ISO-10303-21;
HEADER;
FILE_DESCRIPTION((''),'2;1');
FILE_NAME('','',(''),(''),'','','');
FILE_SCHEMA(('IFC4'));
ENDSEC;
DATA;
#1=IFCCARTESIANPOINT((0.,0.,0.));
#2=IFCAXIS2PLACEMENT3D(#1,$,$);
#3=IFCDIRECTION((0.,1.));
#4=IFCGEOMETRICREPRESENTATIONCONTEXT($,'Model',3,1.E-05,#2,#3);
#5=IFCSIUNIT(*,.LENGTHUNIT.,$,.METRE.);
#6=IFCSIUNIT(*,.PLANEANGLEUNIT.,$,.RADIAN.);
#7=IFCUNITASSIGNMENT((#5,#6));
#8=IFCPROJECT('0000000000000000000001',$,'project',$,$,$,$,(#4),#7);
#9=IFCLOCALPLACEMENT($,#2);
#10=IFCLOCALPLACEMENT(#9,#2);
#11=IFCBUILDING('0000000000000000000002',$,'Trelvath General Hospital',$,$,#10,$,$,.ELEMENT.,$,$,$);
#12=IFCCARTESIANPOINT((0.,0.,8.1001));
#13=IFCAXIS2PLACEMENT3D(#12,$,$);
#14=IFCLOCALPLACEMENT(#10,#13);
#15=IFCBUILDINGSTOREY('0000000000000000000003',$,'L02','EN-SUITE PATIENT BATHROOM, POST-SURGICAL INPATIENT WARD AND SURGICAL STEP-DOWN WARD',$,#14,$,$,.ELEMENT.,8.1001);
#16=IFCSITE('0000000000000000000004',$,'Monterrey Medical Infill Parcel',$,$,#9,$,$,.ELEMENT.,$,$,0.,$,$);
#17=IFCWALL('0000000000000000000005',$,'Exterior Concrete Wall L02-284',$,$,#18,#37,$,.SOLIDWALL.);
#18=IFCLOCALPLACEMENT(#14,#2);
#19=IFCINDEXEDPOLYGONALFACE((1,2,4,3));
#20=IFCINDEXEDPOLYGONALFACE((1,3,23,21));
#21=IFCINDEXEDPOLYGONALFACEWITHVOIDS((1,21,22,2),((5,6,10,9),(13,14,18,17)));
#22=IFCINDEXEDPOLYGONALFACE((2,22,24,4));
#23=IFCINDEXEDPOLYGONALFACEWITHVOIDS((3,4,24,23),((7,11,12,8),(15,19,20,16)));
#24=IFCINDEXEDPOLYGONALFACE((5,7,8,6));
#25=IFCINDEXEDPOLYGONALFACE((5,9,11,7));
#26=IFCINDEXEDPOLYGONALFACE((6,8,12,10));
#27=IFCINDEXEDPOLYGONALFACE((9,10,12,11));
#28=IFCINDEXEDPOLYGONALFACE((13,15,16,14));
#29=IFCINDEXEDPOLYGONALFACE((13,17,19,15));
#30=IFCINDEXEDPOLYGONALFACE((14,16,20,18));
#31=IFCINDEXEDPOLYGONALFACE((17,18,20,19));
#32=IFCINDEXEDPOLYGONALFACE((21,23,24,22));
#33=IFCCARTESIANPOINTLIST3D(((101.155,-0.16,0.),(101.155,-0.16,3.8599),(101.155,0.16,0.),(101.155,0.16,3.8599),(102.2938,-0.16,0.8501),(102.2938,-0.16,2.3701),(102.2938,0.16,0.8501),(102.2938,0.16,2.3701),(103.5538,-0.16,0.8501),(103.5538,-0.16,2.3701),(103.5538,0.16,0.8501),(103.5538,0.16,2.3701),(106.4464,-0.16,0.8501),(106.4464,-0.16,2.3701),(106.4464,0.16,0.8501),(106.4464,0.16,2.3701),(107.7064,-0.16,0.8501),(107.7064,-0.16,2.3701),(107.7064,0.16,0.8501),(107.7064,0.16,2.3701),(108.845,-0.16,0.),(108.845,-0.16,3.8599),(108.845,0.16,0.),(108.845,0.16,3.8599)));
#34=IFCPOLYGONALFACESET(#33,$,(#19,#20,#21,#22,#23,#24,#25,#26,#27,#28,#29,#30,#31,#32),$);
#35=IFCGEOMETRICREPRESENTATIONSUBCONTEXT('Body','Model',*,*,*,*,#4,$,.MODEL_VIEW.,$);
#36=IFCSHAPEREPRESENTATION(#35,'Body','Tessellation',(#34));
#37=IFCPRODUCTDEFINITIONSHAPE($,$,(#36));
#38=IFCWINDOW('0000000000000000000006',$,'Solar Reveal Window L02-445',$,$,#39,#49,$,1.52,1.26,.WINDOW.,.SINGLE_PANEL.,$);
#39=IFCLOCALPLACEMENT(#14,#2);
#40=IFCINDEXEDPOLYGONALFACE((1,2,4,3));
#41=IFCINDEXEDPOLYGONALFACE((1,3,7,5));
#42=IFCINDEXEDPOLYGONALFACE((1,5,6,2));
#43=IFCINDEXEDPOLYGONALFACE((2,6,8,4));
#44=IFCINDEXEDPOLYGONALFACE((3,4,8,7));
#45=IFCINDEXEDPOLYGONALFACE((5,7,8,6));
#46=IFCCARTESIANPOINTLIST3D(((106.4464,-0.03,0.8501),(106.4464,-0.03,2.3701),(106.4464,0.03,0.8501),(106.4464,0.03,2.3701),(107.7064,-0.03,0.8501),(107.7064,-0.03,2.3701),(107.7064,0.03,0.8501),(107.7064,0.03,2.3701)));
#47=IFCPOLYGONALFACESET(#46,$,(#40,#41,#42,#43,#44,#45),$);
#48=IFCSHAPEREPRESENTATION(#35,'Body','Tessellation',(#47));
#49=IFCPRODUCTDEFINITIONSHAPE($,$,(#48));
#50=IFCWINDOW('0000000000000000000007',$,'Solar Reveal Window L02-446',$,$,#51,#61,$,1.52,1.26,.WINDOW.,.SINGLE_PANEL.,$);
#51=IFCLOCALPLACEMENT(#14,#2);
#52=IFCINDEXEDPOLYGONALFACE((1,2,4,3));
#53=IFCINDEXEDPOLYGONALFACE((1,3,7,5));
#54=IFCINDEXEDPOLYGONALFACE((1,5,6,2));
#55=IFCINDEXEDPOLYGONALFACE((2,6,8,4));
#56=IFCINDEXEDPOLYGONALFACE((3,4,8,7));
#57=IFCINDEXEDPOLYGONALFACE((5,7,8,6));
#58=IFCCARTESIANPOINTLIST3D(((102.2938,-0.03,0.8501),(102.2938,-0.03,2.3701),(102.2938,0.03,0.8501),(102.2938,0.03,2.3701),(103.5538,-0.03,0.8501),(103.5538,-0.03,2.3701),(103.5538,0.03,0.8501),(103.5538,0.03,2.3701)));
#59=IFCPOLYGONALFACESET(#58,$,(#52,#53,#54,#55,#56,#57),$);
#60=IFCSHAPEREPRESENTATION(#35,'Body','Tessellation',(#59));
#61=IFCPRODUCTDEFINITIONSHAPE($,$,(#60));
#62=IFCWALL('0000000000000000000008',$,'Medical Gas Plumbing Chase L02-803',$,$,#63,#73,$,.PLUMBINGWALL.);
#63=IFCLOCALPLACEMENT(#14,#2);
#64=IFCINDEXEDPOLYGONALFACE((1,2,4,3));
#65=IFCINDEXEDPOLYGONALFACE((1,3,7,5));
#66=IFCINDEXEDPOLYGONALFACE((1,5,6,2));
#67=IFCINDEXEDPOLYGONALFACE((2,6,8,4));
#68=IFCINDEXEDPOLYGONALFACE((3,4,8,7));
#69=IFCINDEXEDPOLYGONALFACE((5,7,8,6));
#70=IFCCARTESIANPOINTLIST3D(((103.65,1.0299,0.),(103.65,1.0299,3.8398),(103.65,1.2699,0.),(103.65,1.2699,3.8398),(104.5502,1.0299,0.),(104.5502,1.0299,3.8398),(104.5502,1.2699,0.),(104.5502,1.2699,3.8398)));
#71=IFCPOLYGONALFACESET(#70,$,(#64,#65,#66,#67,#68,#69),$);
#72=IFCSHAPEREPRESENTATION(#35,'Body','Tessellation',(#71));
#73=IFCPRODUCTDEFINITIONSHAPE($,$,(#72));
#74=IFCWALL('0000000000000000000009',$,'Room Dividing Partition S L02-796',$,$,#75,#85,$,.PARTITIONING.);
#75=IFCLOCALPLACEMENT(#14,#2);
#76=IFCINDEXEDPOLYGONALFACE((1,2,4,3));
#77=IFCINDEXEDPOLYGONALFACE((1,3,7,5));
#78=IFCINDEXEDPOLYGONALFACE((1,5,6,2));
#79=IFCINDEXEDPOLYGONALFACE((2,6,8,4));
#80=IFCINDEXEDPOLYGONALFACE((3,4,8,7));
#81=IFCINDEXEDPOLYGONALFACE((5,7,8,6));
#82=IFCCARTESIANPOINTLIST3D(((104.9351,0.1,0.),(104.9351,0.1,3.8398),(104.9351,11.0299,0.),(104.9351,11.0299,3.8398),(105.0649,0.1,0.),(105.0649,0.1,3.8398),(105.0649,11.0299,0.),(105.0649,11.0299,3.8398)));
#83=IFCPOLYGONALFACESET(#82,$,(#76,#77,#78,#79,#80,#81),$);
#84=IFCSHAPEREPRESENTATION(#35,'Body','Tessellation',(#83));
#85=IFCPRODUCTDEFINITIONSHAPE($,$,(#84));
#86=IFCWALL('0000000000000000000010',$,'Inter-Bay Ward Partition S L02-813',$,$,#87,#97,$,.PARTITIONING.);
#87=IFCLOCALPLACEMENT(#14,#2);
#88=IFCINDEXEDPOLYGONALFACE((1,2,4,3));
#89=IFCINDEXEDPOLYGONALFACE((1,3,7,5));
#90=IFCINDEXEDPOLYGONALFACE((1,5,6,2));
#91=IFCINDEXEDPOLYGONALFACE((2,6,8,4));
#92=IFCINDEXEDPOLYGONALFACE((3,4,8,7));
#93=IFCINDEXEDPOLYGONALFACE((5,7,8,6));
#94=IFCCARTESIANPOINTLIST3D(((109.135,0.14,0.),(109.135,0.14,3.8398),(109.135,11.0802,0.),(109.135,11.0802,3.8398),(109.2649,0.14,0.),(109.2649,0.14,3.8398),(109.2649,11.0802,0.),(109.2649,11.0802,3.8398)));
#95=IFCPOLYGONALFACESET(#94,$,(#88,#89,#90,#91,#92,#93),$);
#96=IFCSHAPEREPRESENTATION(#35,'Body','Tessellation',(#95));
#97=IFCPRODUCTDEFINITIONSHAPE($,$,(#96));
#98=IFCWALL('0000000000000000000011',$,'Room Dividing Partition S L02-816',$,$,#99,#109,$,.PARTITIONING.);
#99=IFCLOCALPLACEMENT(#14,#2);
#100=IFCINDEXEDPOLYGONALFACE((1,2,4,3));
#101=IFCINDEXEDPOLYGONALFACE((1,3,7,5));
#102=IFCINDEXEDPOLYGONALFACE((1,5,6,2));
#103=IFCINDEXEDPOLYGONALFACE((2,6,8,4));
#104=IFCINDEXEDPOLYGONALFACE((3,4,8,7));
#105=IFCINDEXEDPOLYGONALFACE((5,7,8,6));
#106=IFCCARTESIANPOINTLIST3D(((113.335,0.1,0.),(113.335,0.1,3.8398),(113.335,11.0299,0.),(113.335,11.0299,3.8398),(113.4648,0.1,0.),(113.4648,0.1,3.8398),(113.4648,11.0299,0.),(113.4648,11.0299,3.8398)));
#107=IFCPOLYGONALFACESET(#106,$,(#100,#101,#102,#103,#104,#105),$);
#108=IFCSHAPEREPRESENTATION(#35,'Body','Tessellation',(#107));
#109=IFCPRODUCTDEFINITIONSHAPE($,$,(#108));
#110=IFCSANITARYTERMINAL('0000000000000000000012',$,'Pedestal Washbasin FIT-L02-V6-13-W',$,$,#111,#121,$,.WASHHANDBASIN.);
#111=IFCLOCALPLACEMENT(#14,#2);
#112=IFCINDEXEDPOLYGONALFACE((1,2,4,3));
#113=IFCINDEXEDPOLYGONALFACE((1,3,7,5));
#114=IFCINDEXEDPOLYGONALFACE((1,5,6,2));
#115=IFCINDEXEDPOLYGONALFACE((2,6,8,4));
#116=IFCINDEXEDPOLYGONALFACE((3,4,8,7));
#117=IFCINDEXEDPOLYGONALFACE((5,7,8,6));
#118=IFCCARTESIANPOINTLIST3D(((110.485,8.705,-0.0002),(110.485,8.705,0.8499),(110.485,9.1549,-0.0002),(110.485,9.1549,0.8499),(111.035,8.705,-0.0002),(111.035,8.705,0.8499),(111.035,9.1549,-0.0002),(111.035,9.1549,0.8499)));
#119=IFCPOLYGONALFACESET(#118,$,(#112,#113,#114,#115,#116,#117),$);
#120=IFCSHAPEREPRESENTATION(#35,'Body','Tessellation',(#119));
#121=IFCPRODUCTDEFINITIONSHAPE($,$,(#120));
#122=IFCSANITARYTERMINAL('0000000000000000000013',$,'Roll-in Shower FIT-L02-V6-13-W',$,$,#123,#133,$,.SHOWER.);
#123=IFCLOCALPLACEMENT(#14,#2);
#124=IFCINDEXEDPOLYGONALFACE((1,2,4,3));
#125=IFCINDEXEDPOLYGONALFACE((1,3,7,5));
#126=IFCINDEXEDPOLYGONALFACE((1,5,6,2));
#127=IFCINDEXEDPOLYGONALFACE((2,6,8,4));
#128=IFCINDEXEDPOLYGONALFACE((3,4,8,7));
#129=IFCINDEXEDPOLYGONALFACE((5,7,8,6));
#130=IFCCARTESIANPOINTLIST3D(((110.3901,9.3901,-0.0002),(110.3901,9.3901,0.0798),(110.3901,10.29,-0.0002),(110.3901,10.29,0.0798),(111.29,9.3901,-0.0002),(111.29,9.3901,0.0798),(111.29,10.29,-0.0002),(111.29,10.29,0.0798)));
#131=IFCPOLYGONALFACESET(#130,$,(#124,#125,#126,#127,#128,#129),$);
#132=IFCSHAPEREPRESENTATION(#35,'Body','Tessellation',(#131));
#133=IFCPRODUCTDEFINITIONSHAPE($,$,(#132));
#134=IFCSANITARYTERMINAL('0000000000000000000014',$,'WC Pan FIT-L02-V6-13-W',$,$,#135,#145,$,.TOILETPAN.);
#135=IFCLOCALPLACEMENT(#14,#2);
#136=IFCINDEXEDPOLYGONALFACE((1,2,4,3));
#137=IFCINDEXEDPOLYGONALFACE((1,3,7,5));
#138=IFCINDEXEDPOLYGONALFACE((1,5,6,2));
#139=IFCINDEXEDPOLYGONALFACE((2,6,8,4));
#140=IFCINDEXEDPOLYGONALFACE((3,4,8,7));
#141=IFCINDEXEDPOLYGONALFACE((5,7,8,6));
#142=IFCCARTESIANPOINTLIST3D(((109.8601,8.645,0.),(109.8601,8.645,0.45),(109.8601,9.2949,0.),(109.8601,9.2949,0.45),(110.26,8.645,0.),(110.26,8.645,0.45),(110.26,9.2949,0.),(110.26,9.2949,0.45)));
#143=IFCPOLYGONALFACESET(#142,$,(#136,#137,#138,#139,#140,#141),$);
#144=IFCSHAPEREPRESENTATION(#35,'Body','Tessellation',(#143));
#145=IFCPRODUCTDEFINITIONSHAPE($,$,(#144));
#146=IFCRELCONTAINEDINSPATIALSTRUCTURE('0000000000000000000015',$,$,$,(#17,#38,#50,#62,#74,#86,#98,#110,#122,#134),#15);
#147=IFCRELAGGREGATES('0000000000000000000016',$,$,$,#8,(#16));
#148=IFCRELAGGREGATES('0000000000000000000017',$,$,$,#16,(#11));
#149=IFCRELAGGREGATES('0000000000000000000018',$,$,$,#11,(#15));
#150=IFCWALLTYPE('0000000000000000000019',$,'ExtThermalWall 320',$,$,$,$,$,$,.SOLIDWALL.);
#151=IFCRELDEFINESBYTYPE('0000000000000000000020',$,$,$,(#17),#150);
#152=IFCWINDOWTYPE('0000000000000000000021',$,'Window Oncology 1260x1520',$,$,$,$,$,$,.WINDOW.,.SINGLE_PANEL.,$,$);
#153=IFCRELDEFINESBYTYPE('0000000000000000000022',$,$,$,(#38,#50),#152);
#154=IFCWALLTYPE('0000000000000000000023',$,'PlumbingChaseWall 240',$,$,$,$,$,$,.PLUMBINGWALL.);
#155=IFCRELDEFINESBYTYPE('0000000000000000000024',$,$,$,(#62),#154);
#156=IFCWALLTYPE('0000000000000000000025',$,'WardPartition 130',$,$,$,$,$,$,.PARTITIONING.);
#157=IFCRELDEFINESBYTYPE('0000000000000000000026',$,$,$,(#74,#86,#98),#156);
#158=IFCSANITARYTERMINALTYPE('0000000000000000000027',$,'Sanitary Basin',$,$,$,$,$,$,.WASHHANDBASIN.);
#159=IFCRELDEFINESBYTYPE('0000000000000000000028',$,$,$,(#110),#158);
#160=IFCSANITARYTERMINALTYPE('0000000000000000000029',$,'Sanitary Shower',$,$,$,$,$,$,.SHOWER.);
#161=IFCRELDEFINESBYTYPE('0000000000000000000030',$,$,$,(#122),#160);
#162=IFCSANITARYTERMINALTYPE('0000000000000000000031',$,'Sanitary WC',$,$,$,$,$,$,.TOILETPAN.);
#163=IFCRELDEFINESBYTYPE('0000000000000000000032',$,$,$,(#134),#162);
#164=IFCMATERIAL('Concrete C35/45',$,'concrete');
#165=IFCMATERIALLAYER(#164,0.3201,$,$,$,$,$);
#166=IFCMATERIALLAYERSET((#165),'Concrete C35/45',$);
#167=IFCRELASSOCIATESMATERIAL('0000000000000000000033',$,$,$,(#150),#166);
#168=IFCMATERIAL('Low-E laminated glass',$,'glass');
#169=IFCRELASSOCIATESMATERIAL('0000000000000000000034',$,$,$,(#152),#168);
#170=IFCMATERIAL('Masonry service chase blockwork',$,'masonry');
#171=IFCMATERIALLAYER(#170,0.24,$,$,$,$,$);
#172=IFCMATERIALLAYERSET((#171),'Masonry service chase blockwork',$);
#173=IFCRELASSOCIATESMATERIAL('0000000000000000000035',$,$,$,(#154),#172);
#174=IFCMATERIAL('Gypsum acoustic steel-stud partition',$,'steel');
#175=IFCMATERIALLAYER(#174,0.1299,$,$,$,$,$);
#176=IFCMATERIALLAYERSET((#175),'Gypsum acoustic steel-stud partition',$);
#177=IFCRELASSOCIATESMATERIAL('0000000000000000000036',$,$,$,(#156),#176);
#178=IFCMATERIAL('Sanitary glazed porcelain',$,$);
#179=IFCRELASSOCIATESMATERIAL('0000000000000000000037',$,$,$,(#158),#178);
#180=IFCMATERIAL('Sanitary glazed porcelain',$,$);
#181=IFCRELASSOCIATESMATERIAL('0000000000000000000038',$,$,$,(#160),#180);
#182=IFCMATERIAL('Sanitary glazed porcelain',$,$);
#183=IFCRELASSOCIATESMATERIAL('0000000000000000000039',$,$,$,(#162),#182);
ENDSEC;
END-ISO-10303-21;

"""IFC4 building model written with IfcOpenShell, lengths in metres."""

from ifc_helpers import new_model, si_unit, direction, frame, frame_2d, origin, origin_2d, place, context, subcontext, project, spatial, rectangle, extrude, material, layer, layer_set, type_object, element, fill, save


model = new_model("IFC4")

# Units and contexts
model_context = context("Model", 3, precision=1e-05, world=origin(), true_north=direction((0.0, 1.0)))
body_context = subcontext(model_context, "Body", "Model", "MODEL_VIEW")
ifc_project = project(units=[si_unit("LENGTHUNIT", "METRE"), si_unit("PLANEANGLEUNIT", "RADIAN")], contexts=[model_context])

# Site, building, storey
site_placement = place(None, origin())
site = spatial("IfcSite", under=ifc_project, at=site_placement, Name="Monterrey Medical Infill Parcel", CompositionType="ELEMENT", RefElevation=0.0)
building_placement = place(site_placement, origin())
building = spatial("IfcBuilding", under=site, at=building_placement, Name="Trelvath General Hospital", CompositionType="ELEMENT")
storey_placement = place(building_placement, frame((0.0, 0.0, 8.1001)))
storey = spatial("IfcBuildingStorey", under=building, at=storey_placement, Name="L02", Description="EN-SUITE PATIENT BATHROOM, POST-SURGICAL INPATIENT WARD AND SURGICAL STEP-DOWN WARD", CompositionType="ELEMENT", Elevation=8.1001)

# Wall, openings, windows
ifc_material_1 = material(Name="Concrete C35/45", Category="concrete")
ifc_layer_1 = layer(ifc_material_1, 0.3201)
ifc_layer_set_1 = layer_set([ifc_layer_1], Name="Concrete C35/45")
wall_type_1 = type_object("IfcWallType", Name="ExtThermalWall 320", PredefinedType="SOLIDWALL", material=ifc_layer_set_1)
wall_1_placement = place(storey_placement, frame((108.845, 0.0, 0.0), z_axis=(0.0, 0.0, 1.0), x_axis=(-1.0, 0.0, 0.0)))
wall_1 = element("IfcWall", 1, at=wall_1_placement, inside=storey, type_object=wall_type_1, Name="Exterior Concrete Wall L02-284", PredefinedType="SOLIDWALL", context=body_context, shape_type="SweptSolid", body=[
    extrude(rectangle(XDim=7.6899, YDim=0.3201, at=frame_2d((3.845, 0.0))), origin(), (0.0, 0.0, 1.0), 3.8599),
])
opening_1_placement = place(wall_1_placement, frame((1.1387, 0.0, 0.8501)))
opening_1 = element("IfcOpeningElement", 2, at=opening_1_placement, cuts=wall_1, PredefinedType="OPENING", context=body_context, shape_type="SweptSolid", body=[
    extrude(rectangle(XDim=1.26, YDim=1.52, at=frame_2d((0.6299, 0.76))), frame((0.0, 0.1699, 0.0), z_axis=(0.0, -1.0, 0.0), x_axis=(1.0, 0.0, 0.0)), (0.0, 0.0, 1.0), 0.3401),
])
opening_2_placement = place(wall_1_placement, frame((5.2913, 0.0, 0.8501)))
opening_2 = element("IfcOpeningElement", 3, at=opening_2_placement, cuts=wall_1, PredefinedType="OPENING", context=body_context, shape_type="SweptSolid", body=[
    extrude(rectangle(XDim=1.26, YDim=1.52, at=frame_2d((0.6299, 0.76))), frame((0.0, 0.1699, 0.0), z_axis=(0.0, -1.0, 0.0), x_axis=(1.0, 0.0, 0.0)), (0.0, 0.0, 1.0), 0.3401),
])
ifc_material_2 = material(Name="Low-E laminated glass", Category="glass")
window_type = type_object("IfcWindowType", Name="Window Oncology 1260x1520", PartitioningType="SINGLE_PANEL", PredefinedType="WINDOW", material=ifc_material_2)
window_1_placement = place(opening_1_placement, origin())
window_1 = element("IfcWindow", 4, at=window_1_placement, inside=storey, type_object=window_type, Name="Solar Reveal Window L02-445", OverallHeight=1.52, OverallWidth=1.26, PartitioningType="SINGLE_PANEL", PredefinedType="WINDOW", context=body_context, shape_type="SweptSolid", body=[
    extrude(rectangle(XDim=1.26, YDim=1.52, at=frame_2d((0.6299, 0.76))), frame((0.0, 0.03, 0.0), z_axis=(0.0, -1.0, 0.0), x_axis=(1.0, 0.0, 0.0)), (0.0, 0.0, 1.0), 0.0601),
])
fill(opening_1, window_1)
window_2_placement = place(opening_2_placement, origin())
window_2 = element("IfcWindow", 5, at=window_2_placement, inside=storey, type_object=window_type, Name="Solar Reveal Window L02-446", OverallHeight=1.52, OverallWidth=1.26, PartitioningType="SINGLE_PANEL", PredefinedType="WINDOW", context=body_context, shape_type="SweptSolid", body=[
    extrude(rectangle(XDim=1.26, YDim=1.52, at=frame_2d((0.6299, 0.76))), frame((0.0, 0.03, 0.0), z_axis=(0.0, -1.0, 0.0), x_axis=(1.0, 0.0, 0.0)), (0.0, 0.0, 1.0), 0.0601),
])
fill(opening_2, window_2)

# Walls
ifc_material_3 = material(Name="Masonry service chase blockwork", Category="masonry")
ifc_layer_2 = layer(ifc_material_3, 0.24)
ifc_layer_set_2 = layer_set([ifc_layer_2], Name="Masonry service chase blockwork")
wall_type_2 = type_object("IfcWallType", Name="PlumbingChaseWall 240", PredefinedType="PLUMBINGWALL", material=ifc_layer_set_2)
wall_2_placement = place(storey_placement, frame((103.6499, 1.1499, 0.0), z_axis=(0.0, 0.0, 1.0), x_axis=(1.0, 0.0, 0.0)))
element("IfcWall", 6, at=wall_2_placement, inside=storey, type_object=wall_type_2, Name="Medical Gas Plumbing Chase L02-803", PredefinedType="PLUMBINGWALL", context=body_context, shape_type="SweptSolid", body=[
    extrude(rectangle(XDim=0.9001, YDim=0.24, at=frame_2d((0.4502, 0.0))), origin(), (0.0, 0.0, 1.0), 3.8398),
])
ifc_material_4 = material(Name="Gypsum acoustic steel-stud partition", Category="steel")
ifc_layer_3 = layer(ifc_material_4, 0.1299)
ifc_layer_set_3 = layer_set([ifc_layer_3], Name="Gypsum acoustic steel-stud partition")
wall_type_3 = type_object("IfcWallType", Name="WardPartition 130", PredefinedType="PARTITIONING", material=ifc_layer_set_3)
wall_3_placement = place(storey_placement, frame((105.0, 0.1001, 0.0), z_axis=(0.0, 0.0, 1.0), x_axis=(0.0, 1.0, 0.0)))
element("IfcWall", 7, at=wall_3_placement, inside=storey, type_object=wall_type_3, Name="Room Dividing Partition S L02-796", PredefinedType="PARTITIONING", context=body_context, shape_type="SweptSolid", body=[
    extrude(rectangle(XDim=10.9299, YDim=0.1299, at=frame_2d((5.4648, 0.0))), origin(), (0.0, 0.0, 1.0), 3.8398),
])
wall_4_placement = place(storey_placement, frame((109.2, 0.1399, 0.0), z_axis=(0.0, 0.0, 1.0), x_axis=(0.0, 1.0, 0.0)))
element("IfcWall", 8, at=wall_4_placement, inside=storey, type_object=wall_type_3, Name="Inter-Bay Ward Partition S L02-813", PredefinedType="PARTITIONING", context=body_context, shape_type="SweptSolid", body=[
    extrude(rectangle(XDim=10.9402, YDim=0.1299, at=frame_2d((5.4702, 0.0))), origin(), (0.0, 0.0, 1.0), 3.8398),
])
wall_5_placement = place(storey_placement, frame((113.3999, 0.1001, 0.0), z_axis=(0.0, 0.0, 1.0), x_axis=(0.0, 1.0, 0.0)))
element("IfcWall", 9, at=wall_5_placement, inside=storey, type_object=wall_type_3, Name="Room Dividing Partition S L02-816", PredefinedType="PARTITIONING", context=body_context, shape_type="SweptSolid", body=[
    extrude(rectangle(XDim=10.9299, YDim=0.1299, at=frame_2d((5.4648, 0.0))), origin(), (0.0, 0.0, 1.0), 3.8398),
])

# Sanitary terminals
ifc_material_5 = material(Name="Sanitary glazed porcelain")
sanitary_terminal_type_1 = type_object("IfcSanitaryTerminalType", Name="Sanitary Basin", PredefinedType="WASHHANDBASIN", material=ifc_material_5)
sanitary_terminal_1_placement = place(storey_placement, frame((110.76, 8.9299, -0.0002), z_axis=(0.0, 0.0, 1.0), x_axis=(1.0, 0.0, 0.0)))
element("IfcSanitaryTerminal", 10, at=sanitary_terminal_1_placement, inside=storey, type_object=sanitary_terminal_type_1, Name="Pedestal Washbasin FIT-L02-V6-13-W", PredefinedType="WASHHANDBASIN", context=body_context, shape_type="SweptSolid", body=[
    extrude(rectangle(XDim=0.55, YDim=0.45, at=origin_2d()), origin(), (0.0, 0.0, 1.0), 0.8501),
])
ifc_material_6 = material(Name="Sanitary glazed porcelain")
sanitary_terminal_type_2 = type_object("IfcSanitaryTerminalType", Name="Sanitary Shower", PredefinedType="SHOWER", material=ifc_material_6)
sanitary_terminal_2_placement = place(storey_placement, frame((110.8401, 9.8401, -0.0002), z_axis=(0.0, 0.0, 1.0), x_axis=(1.0, 0.0, 0.0)))
element("IfcSanitaryTerminal", 11, at=sanitary_terminal_2_placement, inside=storey, type_object=sanitary_terminal_type_2, Name="Roll-in Shower FIT-L02-V6-13-W", PredefinedType="SHOWER", context=body_context, shape_type="SweptSolid", body=[
    extrude(rectangle(XDim=0.8999, YDim=0.8999, at=origin_2d()), origin(), (0.0, 0.0, 1.0), 0.0801),
])
ifc_material_7 = material(Name="Sanitary glazed porcelain")
sanitary_terminal_type_3 = type_object("IfcSanitaryTerminalType", Name="Sanitary WC", PredefinedType="TOILETPAN", material=ifc_material_7)
sanitary_terminal_3_placement = place(storey_placement, frame((110.0601, 8.97, 0.0), z_axis=(0.0, 0.0, 1.0), x_axis=(1.0, 0.0, 0.0)))
element("IfcSanitaryTerminal", 12, at=sanitary_terminal_3_placement, inside=storey, type_object=sanitary_terminal_type_3, Name="WC Pan FIT-L02-V6-13-W", PredefinedType="TOILETPAN", context=body_context, shape_type="SweptSolid", body=[
    extrude(rectangle(XDim=0.3999, YDim=0.6499, at=origin_2d()), origin(), (0.0, 0.0, 1.0), 0.45),
])

save(model, "model.ifc")
